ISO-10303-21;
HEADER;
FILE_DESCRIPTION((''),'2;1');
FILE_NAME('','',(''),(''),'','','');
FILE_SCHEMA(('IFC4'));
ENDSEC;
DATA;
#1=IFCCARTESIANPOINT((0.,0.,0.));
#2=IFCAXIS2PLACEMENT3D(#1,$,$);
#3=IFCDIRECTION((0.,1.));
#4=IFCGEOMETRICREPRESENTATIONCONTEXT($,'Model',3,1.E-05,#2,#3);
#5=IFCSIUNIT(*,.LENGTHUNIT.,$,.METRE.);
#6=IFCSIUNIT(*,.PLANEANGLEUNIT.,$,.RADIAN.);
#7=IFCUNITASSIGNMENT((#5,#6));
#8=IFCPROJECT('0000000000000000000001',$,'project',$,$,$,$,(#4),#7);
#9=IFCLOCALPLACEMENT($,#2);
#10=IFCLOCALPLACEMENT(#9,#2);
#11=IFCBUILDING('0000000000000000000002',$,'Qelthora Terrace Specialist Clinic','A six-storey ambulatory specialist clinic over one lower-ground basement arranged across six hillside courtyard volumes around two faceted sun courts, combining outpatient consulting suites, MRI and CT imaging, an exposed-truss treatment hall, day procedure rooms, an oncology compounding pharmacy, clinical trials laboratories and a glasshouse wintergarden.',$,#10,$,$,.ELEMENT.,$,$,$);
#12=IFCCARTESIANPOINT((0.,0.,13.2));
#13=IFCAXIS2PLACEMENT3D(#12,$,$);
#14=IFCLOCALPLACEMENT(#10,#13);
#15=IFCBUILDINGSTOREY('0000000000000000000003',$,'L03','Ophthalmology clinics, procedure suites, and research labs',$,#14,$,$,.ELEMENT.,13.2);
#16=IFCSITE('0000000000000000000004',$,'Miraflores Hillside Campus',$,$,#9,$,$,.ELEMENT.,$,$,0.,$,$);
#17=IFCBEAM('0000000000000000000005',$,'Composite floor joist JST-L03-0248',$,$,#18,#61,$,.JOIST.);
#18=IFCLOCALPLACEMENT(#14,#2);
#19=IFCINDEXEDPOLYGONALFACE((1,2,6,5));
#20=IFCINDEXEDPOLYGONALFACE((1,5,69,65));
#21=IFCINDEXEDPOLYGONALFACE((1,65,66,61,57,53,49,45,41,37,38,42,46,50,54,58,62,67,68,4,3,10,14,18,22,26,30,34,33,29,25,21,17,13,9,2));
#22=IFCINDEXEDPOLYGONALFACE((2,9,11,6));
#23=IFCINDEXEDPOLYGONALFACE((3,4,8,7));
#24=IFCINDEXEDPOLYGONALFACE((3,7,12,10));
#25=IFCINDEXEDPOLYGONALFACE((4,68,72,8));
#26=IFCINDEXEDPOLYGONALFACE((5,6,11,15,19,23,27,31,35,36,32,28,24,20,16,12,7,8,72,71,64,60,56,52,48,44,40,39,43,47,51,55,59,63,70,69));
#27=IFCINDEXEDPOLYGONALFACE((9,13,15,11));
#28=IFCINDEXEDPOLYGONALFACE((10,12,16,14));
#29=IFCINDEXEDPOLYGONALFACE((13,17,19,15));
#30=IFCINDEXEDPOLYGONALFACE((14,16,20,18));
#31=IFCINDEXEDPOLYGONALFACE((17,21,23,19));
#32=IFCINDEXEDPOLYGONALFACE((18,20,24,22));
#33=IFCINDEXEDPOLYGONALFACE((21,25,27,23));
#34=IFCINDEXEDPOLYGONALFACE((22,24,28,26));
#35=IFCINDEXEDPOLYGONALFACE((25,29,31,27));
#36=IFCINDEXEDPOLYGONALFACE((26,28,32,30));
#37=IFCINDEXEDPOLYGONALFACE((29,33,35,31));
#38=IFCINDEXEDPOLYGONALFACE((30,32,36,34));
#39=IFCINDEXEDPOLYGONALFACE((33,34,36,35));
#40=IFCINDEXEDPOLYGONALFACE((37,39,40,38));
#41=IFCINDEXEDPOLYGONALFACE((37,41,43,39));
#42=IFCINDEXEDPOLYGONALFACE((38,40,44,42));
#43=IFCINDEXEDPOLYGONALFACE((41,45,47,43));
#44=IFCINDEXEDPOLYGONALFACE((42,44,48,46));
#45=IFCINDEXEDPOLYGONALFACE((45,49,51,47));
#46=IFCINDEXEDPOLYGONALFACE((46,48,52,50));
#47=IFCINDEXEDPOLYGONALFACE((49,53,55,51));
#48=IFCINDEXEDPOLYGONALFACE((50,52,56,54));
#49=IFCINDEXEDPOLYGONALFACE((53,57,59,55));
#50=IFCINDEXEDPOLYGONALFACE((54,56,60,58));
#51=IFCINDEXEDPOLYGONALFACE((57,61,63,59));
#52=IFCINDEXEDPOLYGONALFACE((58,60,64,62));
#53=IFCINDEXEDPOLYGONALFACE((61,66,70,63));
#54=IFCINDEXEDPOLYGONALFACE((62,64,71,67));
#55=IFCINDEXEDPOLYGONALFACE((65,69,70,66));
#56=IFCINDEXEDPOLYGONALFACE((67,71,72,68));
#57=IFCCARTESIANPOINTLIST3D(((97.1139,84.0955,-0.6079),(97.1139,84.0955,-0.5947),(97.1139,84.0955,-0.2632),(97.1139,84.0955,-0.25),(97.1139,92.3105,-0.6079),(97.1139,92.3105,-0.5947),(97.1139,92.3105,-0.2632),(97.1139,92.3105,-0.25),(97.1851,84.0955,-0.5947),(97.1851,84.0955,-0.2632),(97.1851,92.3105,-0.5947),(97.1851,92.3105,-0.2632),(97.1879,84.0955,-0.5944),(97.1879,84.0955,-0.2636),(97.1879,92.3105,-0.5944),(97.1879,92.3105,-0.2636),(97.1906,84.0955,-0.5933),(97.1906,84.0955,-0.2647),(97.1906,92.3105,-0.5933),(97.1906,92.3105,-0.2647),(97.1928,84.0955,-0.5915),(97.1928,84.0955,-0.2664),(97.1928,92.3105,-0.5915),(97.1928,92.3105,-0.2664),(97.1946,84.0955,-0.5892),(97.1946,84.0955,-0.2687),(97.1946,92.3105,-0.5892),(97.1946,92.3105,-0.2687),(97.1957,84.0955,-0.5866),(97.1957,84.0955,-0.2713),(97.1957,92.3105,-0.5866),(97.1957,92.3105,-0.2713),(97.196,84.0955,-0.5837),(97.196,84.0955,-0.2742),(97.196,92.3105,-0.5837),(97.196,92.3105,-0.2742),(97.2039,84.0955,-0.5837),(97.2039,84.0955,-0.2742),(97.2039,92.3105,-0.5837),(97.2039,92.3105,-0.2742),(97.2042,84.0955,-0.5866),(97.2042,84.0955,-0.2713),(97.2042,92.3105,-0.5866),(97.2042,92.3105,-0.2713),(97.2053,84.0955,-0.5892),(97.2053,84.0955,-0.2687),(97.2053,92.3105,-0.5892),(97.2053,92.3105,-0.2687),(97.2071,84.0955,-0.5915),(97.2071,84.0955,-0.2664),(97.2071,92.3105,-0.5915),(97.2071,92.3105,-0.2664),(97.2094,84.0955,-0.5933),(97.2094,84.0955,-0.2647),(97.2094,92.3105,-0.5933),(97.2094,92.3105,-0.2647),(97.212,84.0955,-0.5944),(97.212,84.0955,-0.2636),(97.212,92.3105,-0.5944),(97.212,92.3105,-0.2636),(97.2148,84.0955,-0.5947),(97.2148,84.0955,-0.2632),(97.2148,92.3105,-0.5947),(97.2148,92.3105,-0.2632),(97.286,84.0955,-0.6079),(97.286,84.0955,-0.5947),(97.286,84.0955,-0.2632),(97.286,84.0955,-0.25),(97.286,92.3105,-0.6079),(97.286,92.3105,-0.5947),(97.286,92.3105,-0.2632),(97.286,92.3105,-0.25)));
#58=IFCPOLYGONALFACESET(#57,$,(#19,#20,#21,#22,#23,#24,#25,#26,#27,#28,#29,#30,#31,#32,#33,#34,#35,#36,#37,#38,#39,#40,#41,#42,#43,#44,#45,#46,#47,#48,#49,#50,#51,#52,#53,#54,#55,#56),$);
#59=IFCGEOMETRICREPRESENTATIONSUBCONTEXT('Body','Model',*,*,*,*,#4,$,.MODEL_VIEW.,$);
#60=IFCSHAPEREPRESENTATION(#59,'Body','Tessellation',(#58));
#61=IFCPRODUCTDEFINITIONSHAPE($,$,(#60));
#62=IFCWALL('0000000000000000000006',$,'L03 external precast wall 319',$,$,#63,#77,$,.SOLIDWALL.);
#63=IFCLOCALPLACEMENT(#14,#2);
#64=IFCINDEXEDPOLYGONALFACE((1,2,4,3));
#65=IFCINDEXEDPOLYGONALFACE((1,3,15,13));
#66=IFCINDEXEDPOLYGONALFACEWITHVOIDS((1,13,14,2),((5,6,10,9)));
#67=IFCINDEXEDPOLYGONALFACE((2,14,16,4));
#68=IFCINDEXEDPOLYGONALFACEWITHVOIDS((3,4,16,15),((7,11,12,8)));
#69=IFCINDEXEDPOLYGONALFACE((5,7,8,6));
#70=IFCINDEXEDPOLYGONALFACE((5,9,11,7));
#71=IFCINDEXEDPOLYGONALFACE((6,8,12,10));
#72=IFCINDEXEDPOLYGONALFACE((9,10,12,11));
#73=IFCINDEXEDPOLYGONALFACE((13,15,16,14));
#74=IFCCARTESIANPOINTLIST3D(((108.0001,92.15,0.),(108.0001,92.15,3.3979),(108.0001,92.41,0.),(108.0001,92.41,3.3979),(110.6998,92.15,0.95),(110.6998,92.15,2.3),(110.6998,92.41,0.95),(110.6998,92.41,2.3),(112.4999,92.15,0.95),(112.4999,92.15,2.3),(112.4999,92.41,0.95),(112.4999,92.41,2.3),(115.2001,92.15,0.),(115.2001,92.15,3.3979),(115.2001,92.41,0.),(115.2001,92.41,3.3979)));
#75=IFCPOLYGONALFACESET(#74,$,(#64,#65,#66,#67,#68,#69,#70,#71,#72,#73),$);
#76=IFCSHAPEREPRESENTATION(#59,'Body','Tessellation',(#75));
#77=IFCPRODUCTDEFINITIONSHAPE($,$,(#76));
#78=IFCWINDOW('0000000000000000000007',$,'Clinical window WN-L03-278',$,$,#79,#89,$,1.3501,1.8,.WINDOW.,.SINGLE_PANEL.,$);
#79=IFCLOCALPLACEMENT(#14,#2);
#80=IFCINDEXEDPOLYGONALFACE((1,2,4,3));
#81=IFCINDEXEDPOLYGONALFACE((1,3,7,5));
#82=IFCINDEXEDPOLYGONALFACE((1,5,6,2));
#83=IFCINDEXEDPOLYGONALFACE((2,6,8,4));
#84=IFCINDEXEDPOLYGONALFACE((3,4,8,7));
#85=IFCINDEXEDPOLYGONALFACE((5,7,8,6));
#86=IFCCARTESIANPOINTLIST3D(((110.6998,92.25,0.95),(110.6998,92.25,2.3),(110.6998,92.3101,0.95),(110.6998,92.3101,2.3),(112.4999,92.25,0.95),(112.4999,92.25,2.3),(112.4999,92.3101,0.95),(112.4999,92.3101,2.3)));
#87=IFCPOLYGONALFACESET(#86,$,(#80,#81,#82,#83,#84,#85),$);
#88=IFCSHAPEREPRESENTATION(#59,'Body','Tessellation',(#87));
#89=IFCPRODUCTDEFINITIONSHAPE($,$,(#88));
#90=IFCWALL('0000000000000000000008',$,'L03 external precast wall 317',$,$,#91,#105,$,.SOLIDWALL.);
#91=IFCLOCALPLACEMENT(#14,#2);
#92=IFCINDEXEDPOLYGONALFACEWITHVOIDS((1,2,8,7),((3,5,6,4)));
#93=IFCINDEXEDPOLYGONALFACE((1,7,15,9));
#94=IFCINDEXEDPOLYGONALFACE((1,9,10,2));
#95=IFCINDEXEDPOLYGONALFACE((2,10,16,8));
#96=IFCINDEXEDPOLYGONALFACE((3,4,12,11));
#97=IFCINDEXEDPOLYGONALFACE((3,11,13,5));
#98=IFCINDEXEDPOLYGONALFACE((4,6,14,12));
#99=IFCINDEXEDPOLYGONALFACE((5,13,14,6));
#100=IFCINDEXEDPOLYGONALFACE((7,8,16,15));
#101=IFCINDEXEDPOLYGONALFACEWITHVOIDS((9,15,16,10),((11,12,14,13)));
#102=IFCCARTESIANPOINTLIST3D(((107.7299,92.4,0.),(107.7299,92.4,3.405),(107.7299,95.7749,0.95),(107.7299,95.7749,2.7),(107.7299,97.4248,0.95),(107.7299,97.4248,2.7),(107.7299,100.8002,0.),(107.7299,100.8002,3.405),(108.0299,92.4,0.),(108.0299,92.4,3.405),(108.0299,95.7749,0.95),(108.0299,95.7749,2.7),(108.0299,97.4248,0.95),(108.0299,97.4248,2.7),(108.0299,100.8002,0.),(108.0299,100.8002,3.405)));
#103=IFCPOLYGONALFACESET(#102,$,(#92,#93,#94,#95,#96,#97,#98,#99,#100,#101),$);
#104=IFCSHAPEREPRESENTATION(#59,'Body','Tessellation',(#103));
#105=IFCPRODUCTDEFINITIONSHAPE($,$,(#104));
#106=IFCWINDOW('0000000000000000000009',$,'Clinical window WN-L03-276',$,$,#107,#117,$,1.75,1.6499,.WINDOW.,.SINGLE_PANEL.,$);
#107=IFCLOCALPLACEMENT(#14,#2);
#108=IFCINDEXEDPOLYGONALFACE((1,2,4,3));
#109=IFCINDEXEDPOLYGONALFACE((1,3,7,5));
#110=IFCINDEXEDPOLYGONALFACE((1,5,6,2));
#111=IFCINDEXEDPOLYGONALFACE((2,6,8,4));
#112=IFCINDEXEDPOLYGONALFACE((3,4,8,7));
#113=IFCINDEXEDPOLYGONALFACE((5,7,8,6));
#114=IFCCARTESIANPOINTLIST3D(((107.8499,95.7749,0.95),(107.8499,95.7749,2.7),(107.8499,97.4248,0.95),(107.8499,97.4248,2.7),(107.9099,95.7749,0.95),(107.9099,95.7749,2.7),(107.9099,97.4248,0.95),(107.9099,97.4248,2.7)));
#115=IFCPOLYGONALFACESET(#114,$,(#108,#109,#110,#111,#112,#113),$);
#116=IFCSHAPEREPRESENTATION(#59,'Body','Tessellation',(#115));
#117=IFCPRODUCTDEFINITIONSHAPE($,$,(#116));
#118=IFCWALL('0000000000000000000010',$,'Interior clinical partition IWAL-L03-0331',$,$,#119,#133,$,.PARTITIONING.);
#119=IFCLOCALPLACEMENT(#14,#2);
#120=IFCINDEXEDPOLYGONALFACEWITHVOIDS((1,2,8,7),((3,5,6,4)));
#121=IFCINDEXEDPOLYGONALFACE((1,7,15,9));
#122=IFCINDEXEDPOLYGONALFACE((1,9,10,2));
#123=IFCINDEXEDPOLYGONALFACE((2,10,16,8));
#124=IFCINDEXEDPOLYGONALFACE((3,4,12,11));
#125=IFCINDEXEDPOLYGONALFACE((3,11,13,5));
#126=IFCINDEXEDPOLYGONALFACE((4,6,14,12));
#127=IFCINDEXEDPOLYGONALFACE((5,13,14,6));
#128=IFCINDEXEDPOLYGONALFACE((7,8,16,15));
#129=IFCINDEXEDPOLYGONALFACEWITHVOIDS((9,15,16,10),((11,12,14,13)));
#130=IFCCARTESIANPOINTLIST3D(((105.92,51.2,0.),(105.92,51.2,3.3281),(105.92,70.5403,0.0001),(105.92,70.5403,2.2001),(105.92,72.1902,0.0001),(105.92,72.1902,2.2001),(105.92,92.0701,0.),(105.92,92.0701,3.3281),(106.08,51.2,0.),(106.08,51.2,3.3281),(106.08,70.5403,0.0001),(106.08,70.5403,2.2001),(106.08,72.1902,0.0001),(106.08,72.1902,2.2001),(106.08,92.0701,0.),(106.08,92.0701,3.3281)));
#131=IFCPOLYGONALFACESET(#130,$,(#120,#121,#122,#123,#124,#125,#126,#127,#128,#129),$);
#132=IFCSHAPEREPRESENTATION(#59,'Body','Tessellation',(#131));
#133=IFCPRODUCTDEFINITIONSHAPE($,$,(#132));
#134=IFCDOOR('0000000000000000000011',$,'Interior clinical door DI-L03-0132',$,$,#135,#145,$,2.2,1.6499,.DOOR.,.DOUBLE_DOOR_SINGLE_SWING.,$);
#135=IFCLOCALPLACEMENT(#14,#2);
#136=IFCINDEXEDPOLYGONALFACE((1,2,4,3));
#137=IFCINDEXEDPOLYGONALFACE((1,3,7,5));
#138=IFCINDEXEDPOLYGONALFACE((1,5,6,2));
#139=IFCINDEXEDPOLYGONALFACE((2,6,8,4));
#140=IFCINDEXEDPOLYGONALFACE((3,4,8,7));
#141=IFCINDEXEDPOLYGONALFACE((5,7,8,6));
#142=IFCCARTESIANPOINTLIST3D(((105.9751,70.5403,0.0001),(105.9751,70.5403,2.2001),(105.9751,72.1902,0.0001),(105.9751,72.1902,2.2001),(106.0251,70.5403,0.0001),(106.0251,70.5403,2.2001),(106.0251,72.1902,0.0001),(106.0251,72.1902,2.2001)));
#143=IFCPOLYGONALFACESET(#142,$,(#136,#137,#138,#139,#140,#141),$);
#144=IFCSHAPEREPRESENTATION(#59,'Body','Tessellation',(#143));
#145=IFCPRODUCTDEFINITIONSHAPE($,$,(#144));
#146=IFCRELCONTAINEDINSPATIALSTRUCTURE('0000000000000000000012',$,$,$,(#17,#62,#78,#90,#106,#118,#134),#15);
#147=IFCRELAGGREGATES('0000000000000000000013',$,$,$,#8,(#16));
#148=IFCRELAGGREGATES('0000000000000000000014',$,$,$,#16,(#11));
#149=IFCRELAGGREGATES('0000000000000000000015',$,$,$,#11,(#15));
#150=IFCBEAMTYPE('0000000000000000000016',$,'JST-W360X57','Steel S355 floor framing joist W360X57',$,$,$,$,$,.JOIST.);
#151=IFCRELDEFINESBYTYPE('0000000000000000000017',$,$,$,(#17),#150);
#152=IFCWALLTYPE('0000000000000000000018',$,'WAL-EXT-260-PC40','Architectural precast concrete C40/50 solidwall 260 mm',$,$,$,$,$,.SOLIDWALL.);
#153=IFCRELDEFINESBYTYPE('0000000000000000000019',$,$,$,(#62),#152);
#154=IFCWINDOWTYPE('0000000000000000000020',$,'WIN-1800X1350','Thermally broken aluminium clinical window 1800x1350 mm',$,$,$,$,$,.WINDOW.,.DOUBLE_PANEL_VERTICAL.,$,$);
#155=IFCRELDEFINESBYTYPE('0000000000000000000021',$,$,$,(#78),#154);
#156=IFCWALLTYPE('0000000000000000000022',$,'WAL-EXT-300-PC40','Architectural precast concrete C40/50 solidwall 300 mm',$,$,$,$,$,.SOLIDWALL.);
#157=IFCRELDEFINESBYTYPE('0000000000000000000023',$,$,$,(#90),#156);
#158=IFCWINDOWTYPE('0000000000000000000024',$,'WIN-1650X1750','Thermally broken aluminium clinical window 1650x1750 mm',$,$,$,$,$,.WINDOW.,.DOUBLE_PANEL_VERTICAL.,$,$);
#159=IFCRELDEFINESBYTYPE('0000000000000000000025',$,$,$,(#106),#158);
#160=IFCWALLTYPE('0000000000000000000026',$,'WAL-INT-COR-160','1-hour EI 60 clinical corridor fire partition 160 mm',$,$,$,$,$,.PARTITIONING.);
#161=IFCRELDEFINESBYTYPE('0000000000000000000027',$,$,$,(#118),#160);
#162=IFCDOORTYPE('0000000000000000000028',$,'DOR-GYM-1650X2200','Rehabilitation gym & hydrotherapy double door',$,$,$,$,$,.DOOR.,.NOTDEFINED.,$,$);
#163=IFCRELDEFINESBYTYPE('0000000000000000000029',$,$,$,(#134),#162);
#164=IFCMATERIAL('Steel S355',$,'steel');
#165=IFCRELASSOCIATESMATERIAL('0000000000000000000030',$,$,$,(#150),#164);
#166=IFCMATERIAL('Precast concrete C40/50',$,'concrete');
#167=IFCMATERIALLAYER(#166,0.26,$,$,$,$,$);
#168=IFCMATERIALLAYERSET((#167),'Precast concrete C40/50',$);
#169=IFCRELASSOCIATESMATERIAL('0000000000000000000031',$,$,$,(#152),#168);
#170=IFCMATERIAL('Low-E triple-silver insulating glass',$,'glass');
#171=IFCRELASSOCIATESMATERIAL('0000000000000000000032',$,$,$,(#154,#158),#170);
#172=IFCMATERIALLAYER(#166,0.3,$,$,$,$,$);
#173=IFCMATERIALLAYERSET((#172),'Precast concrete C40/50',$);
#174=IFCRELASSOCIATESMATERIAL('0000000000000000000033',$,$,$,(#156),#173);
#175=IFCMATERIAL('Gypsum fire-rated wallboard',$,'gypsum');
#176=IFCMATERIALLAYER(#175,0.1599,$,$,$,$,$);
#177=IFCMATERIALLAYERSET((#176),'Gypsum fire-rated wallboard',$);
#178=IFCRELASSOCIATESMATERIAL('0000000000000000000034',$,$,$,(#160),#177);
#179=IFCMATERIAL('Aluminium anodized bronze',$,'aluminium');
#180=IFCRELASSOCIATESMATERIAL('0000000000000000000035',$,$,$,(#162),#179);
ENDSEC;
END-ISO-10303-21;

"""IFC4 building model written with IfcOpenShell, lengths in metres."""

from ifc_helpers import new_model, si_unit, direction, frame, frame_2d, origin, origin_2d, place, context, subcontext, project, spatial, rectangle, i_section, extrude, material, layer, layer_set, material_profile, profile_set, type_object, element, fill, save


model = new_model("IFC4")

# Units and contexts
model_context = context("Model", 3, precision=1e-05, world=origin(), true_north=direction((0.0, 1.0)))
body_context = subcontext(model_context, "Body", "Model", "MODEL_VIEW")
ifc_project = project(units=[si_unit("LENGTHUNIT", "METRE"), si_unit("PLANEANGLEUNIT", "RADIAN")], contexts=[model_context])

# Site, building, storey
site_placement = place(None, origin())
site = spatial("IfcSite", under=ifc_project, at=site_placement, Name="Miraflores Hillside Campus", CompositionType="ELEMENT", RefElevation=0.0)
building_placement = place(site_placement, origin())
building = spatial("IfcBuilding", under=site, at=building_placement, Name="Qelthora Terrace Specialist Clinic", Description="A six-storey ambulatory specialist clinic over one lower-ground basement arranged across six hillside courtyard volumes around two faceted sun courts, combining outpatient consulting suites, MRI and CT imaging, an exposed-truss treatment hall, day procedure rooms, an oncology compounding pharmacy, clinical trials laboratories and a glasshouse wintergarden.", CompositionType="ELEMENT")
storey_placement = place(building_placement, frame((0.0, 0.0, 13.2)))
storey = spatial("IfcBuildingStorey", under=building, at=storey_placement, Name="L03", Description="Ophthalmology clinics, procedure suites, and research labs", CompositionType="ELEMENT", Elevation=13.2)

# Shared definitions
ifc_material_1 = material(Name="Steel S355", Category="steel")

# Beam
ifc_material_profile_1 = material_profile(ifc_material_1, i_section(OverallWidth=0.1721, OverallDepth=0.3579, WebThickness=0.0078, FlangeThickness=0.0132, FilletRadius=0.011, at=origin_2d()), Name="W360X57")
ifc_profile_set_1 = profile_set([ifc_material_profile_1], Name="Steel S355")
beam_type_1 = type_object("IfcBeamType", Name="JST-W360X57", Description="Steel S355 floor framing joist W360X57", PredefinedType="JOIST", material=ifc_profile_set_1)
beam_1_placement = place(storey_placement, frame((97.2, 84.0955, -0.429), z_axis=(0.0, 1.0, 0.0), x_axis=(-1.0, 0.0, 0.0)))
element("IfcBeam", 1, at=beam_1_placement, inside=storey, type_object=beam_type_1, Name="Composite floor joist JST-L03-0248", PredefinedType="JOIST", context=body_context, shape_type="SweptSolid", body=[
    extrude(i_section(OverallWidth=0.1721, OverallDepth=0.3579, WebThickness=0.0078, FlangeThickness=0.0132, FilletRadius=0.011, at=origin_2d()), origin(), (0.0, 0.0, 1.0), 8.2151),
])

# Walls, openings, windows
ifc_material_2 = material(Name="Precast concrete C40/50", Category="concrete")
ifc_layer_1 = layer(ifc_material_2, 0.26)
ifc_layer_set_1 = layer_set([ifc_layer_1], Name="Precast concrete C40/50")
wall_type_1 = type_object("IfcWallType", Name="WAL-EXT-260-PC40", Description="Architectural precast concrete C40/50 solidwall 260 mm", PredefinedType="SOLIDWALL", material=ifc_layer_set_1)
wall_1_placement = place(storey_placement, frame((108.0, 92.28, 0.0), z_axis=(0.0, 0.0, 1.0), x_axis=(1.0, 0.0, 0.0)))
wall_1 = element("IfcWall", 2, at=wall_1_placement, inside=storey, type_object=wall_type_1, Name="L03 external precast wall 319", PredefinedType="SOLIDWALL", context=body_context, shape_type="SweptSolid", body=[
    extrude(rectangle(XDim=7.2, YDim=0.26, at=frame_2d((3.6001, 0.0))), origin(), (0.0, 0.0, 1.0), 3.3979),
])
opening_1_placement = place(wall_1_placement, frame((2.7, 0.0, 0.95)))
opening_1 = element("IfcOpeningElement", 3, at=opening_1_placement, cuts=wall_1, PredefinedType="OPENING", context=body_context, shape_type="SweptSolid", body=[
    extrude(rectangle(XDim=1.8, YDim=1.3501, at=frame_2d((0.8999, 0.675))), frame((0.0, 0.1399, 0.0), z_axis=(0.0, -1.0, 0.0), x_axis=(1.0, 0.0, 0.0)), (0.0, 0.0, 1.0), 0.28),
])
ifc_material_3 = material(Name="Low-E triple-silver insulating glass", Category="glass")
window_type_1 = type_object("IfcWindowType", Name="WIN-1800X1350", Description="Thermally broken aluminium clinical window 1800x1350 mm", PartitioningType="DOUBLE_PANEL_VERTICAL", PredefinedType="WINDOW", material=ifc_material_3)
window_1_placement = place(opening_1_placement, origin())
window_1 = element("IfcWindow", 4, at=window_1_placement, inside=storey, type_object=window_type_1, Name="Clinical window WN-L03-278", OverallHeight=1.3501, OverallWidth=1.8, PartitioningType="SINGLE_PANEL", PredefinedType="WINDOW", context=body_context, shape_type="SweptSolid", body=[
    extrude(rectangle(XDim=1.8, YDim=1.3501, at=frame_2d((0.8999, 0.675))), frame((0.0, 0.03, 0.0), z_axis=(0.0, -1.0, 0.0), x_axis=(1.0, 0.0, 0.0)), (0.0, 0.0, 1.0), 0.0601),
])
fill(opening_1, window_1)
ifc_layer_2 = layer(ifc_material_2, 0.3)
ifc_layer_set_2 = layer_set([ifc_layer_2], Name="Precast concrete C40/50")
wall_type_2 = type_object("IfcWallType", Name="WAL-EXT-300-PC40", Description="Architectural precast concrete C40/50 solidwall 300 mm", PredefinedType="SOLIDWALL", material=ifc_layer_set_2)
wall_2_placement = place(storey_placement, frame((107.8799, 92.3999, 0.0), z_axis=(0.0, 0.0, 1.0), x_axis=(0.0, 1.0, 0.0)))
wall_2 = element("IfcWall", 5, at=wall_2_placement, inside=storey, type_object=wall_type_2, Name="L03 external precast wall 317", PredefinedType="SOLIDWALL", context=body_context, shape_type="SweptSolid", body=[
    extrude(rectangle(XDim=8.4001, YDim=0.3, at=frame_2d((4.2002, 0.0))), origin(), (0.0, 0.0, 1.0), 3.405),
])
opening_2_placement = place(wall_2_placement, frame((3.375, 0.0, 0.95)))
opening_2 = element("IfcOpeningElement", 6, at=opening_2_placement, cuts=wall_2, PredefinedType="OPENING", context=body_context, shape_type="SweptSolid", body=[
    extrude(rectangle(XDim=1.6499, YDim=1.75, at=frame_2d((0.825, 0.875))), frame((0.0, 0.1599, 0.0), z_axis=(0.0, -1.0, 0.0), x_axis=(1.0, 0.0, 0.0)), (0.0, 0.0, 1.0), 0.3201),
])
window_type_2 = type_object("IfcWindowType", Name="WIN-1650X1750", Description="Thermally broken aluminium clinical window 1650x1750 mm", PartitioningType="DOUBLE_PANEL_VERTICAL", PredefinedType="WINDOW", material=ifc_material_3)
window_2_placement = place(opening_2_placement, origin())
window_2 = element("IfcWindow", 7, at=window_2_placement, inside=storey, type_object=window_type_2, Name="Clinical window WN-L03-276", OverallHeight=1.75, OverallWidth=1.6499, PartitioningType="SINGLE_PANEL", PredefinedType="WINDOW", context=body_context, shape_type="SweptSolid", body=[
    extrude(rectangle(XDim=1.6499, YDim=1.75, at=frame_2d((0.825, 0.875))), frame((0.0, 0.03, 0.0), z_axis=(0.0, -1.0, 0.0), x_axis=(1.0, 0.0, 0.0)), (0.0, 0.0, 1.0), 0.0601),
])
fill(opening_2, window_2)

# Wall, opening, door
ifc_material_4 = material(Name="Gypsum fire-rated wallboard", Category="gypsum")
ifc_layer_3 = layer(ifc_material_4, 0.1599)
ifc_layer_set_3 = layer_set([ifc_layer_3], Name="Gypsum fire-rated wallboard")
wall_type_3 = type_object("IfcWallType", Name="WAL-INT-COR-160", Description="1-hour EI 60 clinical corridor fire partition 160 mm", PredefinedType="PARTITIONING", material=ifc_layer_set_3)
wall_3_placement = place(storey_placement, frame((106.0, 92.0701, 0.0), z_axis=(0.0, 0.0, 1.0), x_axis=(0.0, -1.0, 0.0)))
wall_3 = element("IfcWall", 8, at=wall_3_placement, inside=storey, type_object=wall_type_3, Name="Interior clinical partition IWAL-L03-0331", PredefinedType="PARTITIONING", context=body_context, shape_type="SweptSolid", body=[
    extrude(rectangle(XDim=40.8701, YDim=0.1599, at=frame_2d((20.4351, 0.0))), origin(), (0.0, 0.0, 1.0), 3.3281),
])
opening_3_placement = place(wall_3_placement, frame((19.8799, 0.0, 0.0)))
opening_3 = element("IfcOpeningElement", 9, at=opening_3_placement, cuts=wall_3, PredefinedType="OPENING", context=body_context, shape_type="SweptSolid", body=[
    extrude(rectangle(XDim=1.6499, YDim=2.2, at=frame_2d((0.825, 1.1001))), frame((0.0, 0.0898, 0.0), z_axis=(0.0, -1.0, 0.0), x_axis=(1.0, 0.0, 0.0)), (0.0, 0.0, 1.0), 0.1799),
])
ifc_material_5 = material(Name="Aluminium anodized bronze", Category="aluminium")
door_type_1 = type_object("IfcDoorType", Name="DOR-GYM-1650X2200", Description="Rehabilitation gym & hydrotherapy double door", OperationType="NOTDEFINED", PredefinedType="DOOR", material=ifc_material_5)
door_1_placement = place(opening_3_placement, frame((1.6499, 0.0, 0.0), z_axis=(0.0, 0.0, 1.0), x_axis=(-1.0, 0.0, 0.0)))
door_1 = element("IfcDoor", 10, at=door_1_placement, inside=storey, type_object=door_type_1, Name="Interior clinical door DI-L03-0132", OperationType="DOUBLE_DOOR_SINGLE_SWING", OverallHeight=2.2, OverallWidth=1.6499, PredefinedType="DOOR", context=body_context, shape_type="SweptSolid", body=[
    extrude(rectangle(XDim=1.6499, YDim=2.2, at=frame_2d((0.825, 1.1001))), frame((0.0, 0.0249, 0.0), z_axis=(0.0, -1.0, 0.0), x_axis=(1.0, 0.0, 0.0)), (0.0, 0.0, 1.0), 0.05),
])
fill(opening_3, door_1)

save(model, "model.ifc")
